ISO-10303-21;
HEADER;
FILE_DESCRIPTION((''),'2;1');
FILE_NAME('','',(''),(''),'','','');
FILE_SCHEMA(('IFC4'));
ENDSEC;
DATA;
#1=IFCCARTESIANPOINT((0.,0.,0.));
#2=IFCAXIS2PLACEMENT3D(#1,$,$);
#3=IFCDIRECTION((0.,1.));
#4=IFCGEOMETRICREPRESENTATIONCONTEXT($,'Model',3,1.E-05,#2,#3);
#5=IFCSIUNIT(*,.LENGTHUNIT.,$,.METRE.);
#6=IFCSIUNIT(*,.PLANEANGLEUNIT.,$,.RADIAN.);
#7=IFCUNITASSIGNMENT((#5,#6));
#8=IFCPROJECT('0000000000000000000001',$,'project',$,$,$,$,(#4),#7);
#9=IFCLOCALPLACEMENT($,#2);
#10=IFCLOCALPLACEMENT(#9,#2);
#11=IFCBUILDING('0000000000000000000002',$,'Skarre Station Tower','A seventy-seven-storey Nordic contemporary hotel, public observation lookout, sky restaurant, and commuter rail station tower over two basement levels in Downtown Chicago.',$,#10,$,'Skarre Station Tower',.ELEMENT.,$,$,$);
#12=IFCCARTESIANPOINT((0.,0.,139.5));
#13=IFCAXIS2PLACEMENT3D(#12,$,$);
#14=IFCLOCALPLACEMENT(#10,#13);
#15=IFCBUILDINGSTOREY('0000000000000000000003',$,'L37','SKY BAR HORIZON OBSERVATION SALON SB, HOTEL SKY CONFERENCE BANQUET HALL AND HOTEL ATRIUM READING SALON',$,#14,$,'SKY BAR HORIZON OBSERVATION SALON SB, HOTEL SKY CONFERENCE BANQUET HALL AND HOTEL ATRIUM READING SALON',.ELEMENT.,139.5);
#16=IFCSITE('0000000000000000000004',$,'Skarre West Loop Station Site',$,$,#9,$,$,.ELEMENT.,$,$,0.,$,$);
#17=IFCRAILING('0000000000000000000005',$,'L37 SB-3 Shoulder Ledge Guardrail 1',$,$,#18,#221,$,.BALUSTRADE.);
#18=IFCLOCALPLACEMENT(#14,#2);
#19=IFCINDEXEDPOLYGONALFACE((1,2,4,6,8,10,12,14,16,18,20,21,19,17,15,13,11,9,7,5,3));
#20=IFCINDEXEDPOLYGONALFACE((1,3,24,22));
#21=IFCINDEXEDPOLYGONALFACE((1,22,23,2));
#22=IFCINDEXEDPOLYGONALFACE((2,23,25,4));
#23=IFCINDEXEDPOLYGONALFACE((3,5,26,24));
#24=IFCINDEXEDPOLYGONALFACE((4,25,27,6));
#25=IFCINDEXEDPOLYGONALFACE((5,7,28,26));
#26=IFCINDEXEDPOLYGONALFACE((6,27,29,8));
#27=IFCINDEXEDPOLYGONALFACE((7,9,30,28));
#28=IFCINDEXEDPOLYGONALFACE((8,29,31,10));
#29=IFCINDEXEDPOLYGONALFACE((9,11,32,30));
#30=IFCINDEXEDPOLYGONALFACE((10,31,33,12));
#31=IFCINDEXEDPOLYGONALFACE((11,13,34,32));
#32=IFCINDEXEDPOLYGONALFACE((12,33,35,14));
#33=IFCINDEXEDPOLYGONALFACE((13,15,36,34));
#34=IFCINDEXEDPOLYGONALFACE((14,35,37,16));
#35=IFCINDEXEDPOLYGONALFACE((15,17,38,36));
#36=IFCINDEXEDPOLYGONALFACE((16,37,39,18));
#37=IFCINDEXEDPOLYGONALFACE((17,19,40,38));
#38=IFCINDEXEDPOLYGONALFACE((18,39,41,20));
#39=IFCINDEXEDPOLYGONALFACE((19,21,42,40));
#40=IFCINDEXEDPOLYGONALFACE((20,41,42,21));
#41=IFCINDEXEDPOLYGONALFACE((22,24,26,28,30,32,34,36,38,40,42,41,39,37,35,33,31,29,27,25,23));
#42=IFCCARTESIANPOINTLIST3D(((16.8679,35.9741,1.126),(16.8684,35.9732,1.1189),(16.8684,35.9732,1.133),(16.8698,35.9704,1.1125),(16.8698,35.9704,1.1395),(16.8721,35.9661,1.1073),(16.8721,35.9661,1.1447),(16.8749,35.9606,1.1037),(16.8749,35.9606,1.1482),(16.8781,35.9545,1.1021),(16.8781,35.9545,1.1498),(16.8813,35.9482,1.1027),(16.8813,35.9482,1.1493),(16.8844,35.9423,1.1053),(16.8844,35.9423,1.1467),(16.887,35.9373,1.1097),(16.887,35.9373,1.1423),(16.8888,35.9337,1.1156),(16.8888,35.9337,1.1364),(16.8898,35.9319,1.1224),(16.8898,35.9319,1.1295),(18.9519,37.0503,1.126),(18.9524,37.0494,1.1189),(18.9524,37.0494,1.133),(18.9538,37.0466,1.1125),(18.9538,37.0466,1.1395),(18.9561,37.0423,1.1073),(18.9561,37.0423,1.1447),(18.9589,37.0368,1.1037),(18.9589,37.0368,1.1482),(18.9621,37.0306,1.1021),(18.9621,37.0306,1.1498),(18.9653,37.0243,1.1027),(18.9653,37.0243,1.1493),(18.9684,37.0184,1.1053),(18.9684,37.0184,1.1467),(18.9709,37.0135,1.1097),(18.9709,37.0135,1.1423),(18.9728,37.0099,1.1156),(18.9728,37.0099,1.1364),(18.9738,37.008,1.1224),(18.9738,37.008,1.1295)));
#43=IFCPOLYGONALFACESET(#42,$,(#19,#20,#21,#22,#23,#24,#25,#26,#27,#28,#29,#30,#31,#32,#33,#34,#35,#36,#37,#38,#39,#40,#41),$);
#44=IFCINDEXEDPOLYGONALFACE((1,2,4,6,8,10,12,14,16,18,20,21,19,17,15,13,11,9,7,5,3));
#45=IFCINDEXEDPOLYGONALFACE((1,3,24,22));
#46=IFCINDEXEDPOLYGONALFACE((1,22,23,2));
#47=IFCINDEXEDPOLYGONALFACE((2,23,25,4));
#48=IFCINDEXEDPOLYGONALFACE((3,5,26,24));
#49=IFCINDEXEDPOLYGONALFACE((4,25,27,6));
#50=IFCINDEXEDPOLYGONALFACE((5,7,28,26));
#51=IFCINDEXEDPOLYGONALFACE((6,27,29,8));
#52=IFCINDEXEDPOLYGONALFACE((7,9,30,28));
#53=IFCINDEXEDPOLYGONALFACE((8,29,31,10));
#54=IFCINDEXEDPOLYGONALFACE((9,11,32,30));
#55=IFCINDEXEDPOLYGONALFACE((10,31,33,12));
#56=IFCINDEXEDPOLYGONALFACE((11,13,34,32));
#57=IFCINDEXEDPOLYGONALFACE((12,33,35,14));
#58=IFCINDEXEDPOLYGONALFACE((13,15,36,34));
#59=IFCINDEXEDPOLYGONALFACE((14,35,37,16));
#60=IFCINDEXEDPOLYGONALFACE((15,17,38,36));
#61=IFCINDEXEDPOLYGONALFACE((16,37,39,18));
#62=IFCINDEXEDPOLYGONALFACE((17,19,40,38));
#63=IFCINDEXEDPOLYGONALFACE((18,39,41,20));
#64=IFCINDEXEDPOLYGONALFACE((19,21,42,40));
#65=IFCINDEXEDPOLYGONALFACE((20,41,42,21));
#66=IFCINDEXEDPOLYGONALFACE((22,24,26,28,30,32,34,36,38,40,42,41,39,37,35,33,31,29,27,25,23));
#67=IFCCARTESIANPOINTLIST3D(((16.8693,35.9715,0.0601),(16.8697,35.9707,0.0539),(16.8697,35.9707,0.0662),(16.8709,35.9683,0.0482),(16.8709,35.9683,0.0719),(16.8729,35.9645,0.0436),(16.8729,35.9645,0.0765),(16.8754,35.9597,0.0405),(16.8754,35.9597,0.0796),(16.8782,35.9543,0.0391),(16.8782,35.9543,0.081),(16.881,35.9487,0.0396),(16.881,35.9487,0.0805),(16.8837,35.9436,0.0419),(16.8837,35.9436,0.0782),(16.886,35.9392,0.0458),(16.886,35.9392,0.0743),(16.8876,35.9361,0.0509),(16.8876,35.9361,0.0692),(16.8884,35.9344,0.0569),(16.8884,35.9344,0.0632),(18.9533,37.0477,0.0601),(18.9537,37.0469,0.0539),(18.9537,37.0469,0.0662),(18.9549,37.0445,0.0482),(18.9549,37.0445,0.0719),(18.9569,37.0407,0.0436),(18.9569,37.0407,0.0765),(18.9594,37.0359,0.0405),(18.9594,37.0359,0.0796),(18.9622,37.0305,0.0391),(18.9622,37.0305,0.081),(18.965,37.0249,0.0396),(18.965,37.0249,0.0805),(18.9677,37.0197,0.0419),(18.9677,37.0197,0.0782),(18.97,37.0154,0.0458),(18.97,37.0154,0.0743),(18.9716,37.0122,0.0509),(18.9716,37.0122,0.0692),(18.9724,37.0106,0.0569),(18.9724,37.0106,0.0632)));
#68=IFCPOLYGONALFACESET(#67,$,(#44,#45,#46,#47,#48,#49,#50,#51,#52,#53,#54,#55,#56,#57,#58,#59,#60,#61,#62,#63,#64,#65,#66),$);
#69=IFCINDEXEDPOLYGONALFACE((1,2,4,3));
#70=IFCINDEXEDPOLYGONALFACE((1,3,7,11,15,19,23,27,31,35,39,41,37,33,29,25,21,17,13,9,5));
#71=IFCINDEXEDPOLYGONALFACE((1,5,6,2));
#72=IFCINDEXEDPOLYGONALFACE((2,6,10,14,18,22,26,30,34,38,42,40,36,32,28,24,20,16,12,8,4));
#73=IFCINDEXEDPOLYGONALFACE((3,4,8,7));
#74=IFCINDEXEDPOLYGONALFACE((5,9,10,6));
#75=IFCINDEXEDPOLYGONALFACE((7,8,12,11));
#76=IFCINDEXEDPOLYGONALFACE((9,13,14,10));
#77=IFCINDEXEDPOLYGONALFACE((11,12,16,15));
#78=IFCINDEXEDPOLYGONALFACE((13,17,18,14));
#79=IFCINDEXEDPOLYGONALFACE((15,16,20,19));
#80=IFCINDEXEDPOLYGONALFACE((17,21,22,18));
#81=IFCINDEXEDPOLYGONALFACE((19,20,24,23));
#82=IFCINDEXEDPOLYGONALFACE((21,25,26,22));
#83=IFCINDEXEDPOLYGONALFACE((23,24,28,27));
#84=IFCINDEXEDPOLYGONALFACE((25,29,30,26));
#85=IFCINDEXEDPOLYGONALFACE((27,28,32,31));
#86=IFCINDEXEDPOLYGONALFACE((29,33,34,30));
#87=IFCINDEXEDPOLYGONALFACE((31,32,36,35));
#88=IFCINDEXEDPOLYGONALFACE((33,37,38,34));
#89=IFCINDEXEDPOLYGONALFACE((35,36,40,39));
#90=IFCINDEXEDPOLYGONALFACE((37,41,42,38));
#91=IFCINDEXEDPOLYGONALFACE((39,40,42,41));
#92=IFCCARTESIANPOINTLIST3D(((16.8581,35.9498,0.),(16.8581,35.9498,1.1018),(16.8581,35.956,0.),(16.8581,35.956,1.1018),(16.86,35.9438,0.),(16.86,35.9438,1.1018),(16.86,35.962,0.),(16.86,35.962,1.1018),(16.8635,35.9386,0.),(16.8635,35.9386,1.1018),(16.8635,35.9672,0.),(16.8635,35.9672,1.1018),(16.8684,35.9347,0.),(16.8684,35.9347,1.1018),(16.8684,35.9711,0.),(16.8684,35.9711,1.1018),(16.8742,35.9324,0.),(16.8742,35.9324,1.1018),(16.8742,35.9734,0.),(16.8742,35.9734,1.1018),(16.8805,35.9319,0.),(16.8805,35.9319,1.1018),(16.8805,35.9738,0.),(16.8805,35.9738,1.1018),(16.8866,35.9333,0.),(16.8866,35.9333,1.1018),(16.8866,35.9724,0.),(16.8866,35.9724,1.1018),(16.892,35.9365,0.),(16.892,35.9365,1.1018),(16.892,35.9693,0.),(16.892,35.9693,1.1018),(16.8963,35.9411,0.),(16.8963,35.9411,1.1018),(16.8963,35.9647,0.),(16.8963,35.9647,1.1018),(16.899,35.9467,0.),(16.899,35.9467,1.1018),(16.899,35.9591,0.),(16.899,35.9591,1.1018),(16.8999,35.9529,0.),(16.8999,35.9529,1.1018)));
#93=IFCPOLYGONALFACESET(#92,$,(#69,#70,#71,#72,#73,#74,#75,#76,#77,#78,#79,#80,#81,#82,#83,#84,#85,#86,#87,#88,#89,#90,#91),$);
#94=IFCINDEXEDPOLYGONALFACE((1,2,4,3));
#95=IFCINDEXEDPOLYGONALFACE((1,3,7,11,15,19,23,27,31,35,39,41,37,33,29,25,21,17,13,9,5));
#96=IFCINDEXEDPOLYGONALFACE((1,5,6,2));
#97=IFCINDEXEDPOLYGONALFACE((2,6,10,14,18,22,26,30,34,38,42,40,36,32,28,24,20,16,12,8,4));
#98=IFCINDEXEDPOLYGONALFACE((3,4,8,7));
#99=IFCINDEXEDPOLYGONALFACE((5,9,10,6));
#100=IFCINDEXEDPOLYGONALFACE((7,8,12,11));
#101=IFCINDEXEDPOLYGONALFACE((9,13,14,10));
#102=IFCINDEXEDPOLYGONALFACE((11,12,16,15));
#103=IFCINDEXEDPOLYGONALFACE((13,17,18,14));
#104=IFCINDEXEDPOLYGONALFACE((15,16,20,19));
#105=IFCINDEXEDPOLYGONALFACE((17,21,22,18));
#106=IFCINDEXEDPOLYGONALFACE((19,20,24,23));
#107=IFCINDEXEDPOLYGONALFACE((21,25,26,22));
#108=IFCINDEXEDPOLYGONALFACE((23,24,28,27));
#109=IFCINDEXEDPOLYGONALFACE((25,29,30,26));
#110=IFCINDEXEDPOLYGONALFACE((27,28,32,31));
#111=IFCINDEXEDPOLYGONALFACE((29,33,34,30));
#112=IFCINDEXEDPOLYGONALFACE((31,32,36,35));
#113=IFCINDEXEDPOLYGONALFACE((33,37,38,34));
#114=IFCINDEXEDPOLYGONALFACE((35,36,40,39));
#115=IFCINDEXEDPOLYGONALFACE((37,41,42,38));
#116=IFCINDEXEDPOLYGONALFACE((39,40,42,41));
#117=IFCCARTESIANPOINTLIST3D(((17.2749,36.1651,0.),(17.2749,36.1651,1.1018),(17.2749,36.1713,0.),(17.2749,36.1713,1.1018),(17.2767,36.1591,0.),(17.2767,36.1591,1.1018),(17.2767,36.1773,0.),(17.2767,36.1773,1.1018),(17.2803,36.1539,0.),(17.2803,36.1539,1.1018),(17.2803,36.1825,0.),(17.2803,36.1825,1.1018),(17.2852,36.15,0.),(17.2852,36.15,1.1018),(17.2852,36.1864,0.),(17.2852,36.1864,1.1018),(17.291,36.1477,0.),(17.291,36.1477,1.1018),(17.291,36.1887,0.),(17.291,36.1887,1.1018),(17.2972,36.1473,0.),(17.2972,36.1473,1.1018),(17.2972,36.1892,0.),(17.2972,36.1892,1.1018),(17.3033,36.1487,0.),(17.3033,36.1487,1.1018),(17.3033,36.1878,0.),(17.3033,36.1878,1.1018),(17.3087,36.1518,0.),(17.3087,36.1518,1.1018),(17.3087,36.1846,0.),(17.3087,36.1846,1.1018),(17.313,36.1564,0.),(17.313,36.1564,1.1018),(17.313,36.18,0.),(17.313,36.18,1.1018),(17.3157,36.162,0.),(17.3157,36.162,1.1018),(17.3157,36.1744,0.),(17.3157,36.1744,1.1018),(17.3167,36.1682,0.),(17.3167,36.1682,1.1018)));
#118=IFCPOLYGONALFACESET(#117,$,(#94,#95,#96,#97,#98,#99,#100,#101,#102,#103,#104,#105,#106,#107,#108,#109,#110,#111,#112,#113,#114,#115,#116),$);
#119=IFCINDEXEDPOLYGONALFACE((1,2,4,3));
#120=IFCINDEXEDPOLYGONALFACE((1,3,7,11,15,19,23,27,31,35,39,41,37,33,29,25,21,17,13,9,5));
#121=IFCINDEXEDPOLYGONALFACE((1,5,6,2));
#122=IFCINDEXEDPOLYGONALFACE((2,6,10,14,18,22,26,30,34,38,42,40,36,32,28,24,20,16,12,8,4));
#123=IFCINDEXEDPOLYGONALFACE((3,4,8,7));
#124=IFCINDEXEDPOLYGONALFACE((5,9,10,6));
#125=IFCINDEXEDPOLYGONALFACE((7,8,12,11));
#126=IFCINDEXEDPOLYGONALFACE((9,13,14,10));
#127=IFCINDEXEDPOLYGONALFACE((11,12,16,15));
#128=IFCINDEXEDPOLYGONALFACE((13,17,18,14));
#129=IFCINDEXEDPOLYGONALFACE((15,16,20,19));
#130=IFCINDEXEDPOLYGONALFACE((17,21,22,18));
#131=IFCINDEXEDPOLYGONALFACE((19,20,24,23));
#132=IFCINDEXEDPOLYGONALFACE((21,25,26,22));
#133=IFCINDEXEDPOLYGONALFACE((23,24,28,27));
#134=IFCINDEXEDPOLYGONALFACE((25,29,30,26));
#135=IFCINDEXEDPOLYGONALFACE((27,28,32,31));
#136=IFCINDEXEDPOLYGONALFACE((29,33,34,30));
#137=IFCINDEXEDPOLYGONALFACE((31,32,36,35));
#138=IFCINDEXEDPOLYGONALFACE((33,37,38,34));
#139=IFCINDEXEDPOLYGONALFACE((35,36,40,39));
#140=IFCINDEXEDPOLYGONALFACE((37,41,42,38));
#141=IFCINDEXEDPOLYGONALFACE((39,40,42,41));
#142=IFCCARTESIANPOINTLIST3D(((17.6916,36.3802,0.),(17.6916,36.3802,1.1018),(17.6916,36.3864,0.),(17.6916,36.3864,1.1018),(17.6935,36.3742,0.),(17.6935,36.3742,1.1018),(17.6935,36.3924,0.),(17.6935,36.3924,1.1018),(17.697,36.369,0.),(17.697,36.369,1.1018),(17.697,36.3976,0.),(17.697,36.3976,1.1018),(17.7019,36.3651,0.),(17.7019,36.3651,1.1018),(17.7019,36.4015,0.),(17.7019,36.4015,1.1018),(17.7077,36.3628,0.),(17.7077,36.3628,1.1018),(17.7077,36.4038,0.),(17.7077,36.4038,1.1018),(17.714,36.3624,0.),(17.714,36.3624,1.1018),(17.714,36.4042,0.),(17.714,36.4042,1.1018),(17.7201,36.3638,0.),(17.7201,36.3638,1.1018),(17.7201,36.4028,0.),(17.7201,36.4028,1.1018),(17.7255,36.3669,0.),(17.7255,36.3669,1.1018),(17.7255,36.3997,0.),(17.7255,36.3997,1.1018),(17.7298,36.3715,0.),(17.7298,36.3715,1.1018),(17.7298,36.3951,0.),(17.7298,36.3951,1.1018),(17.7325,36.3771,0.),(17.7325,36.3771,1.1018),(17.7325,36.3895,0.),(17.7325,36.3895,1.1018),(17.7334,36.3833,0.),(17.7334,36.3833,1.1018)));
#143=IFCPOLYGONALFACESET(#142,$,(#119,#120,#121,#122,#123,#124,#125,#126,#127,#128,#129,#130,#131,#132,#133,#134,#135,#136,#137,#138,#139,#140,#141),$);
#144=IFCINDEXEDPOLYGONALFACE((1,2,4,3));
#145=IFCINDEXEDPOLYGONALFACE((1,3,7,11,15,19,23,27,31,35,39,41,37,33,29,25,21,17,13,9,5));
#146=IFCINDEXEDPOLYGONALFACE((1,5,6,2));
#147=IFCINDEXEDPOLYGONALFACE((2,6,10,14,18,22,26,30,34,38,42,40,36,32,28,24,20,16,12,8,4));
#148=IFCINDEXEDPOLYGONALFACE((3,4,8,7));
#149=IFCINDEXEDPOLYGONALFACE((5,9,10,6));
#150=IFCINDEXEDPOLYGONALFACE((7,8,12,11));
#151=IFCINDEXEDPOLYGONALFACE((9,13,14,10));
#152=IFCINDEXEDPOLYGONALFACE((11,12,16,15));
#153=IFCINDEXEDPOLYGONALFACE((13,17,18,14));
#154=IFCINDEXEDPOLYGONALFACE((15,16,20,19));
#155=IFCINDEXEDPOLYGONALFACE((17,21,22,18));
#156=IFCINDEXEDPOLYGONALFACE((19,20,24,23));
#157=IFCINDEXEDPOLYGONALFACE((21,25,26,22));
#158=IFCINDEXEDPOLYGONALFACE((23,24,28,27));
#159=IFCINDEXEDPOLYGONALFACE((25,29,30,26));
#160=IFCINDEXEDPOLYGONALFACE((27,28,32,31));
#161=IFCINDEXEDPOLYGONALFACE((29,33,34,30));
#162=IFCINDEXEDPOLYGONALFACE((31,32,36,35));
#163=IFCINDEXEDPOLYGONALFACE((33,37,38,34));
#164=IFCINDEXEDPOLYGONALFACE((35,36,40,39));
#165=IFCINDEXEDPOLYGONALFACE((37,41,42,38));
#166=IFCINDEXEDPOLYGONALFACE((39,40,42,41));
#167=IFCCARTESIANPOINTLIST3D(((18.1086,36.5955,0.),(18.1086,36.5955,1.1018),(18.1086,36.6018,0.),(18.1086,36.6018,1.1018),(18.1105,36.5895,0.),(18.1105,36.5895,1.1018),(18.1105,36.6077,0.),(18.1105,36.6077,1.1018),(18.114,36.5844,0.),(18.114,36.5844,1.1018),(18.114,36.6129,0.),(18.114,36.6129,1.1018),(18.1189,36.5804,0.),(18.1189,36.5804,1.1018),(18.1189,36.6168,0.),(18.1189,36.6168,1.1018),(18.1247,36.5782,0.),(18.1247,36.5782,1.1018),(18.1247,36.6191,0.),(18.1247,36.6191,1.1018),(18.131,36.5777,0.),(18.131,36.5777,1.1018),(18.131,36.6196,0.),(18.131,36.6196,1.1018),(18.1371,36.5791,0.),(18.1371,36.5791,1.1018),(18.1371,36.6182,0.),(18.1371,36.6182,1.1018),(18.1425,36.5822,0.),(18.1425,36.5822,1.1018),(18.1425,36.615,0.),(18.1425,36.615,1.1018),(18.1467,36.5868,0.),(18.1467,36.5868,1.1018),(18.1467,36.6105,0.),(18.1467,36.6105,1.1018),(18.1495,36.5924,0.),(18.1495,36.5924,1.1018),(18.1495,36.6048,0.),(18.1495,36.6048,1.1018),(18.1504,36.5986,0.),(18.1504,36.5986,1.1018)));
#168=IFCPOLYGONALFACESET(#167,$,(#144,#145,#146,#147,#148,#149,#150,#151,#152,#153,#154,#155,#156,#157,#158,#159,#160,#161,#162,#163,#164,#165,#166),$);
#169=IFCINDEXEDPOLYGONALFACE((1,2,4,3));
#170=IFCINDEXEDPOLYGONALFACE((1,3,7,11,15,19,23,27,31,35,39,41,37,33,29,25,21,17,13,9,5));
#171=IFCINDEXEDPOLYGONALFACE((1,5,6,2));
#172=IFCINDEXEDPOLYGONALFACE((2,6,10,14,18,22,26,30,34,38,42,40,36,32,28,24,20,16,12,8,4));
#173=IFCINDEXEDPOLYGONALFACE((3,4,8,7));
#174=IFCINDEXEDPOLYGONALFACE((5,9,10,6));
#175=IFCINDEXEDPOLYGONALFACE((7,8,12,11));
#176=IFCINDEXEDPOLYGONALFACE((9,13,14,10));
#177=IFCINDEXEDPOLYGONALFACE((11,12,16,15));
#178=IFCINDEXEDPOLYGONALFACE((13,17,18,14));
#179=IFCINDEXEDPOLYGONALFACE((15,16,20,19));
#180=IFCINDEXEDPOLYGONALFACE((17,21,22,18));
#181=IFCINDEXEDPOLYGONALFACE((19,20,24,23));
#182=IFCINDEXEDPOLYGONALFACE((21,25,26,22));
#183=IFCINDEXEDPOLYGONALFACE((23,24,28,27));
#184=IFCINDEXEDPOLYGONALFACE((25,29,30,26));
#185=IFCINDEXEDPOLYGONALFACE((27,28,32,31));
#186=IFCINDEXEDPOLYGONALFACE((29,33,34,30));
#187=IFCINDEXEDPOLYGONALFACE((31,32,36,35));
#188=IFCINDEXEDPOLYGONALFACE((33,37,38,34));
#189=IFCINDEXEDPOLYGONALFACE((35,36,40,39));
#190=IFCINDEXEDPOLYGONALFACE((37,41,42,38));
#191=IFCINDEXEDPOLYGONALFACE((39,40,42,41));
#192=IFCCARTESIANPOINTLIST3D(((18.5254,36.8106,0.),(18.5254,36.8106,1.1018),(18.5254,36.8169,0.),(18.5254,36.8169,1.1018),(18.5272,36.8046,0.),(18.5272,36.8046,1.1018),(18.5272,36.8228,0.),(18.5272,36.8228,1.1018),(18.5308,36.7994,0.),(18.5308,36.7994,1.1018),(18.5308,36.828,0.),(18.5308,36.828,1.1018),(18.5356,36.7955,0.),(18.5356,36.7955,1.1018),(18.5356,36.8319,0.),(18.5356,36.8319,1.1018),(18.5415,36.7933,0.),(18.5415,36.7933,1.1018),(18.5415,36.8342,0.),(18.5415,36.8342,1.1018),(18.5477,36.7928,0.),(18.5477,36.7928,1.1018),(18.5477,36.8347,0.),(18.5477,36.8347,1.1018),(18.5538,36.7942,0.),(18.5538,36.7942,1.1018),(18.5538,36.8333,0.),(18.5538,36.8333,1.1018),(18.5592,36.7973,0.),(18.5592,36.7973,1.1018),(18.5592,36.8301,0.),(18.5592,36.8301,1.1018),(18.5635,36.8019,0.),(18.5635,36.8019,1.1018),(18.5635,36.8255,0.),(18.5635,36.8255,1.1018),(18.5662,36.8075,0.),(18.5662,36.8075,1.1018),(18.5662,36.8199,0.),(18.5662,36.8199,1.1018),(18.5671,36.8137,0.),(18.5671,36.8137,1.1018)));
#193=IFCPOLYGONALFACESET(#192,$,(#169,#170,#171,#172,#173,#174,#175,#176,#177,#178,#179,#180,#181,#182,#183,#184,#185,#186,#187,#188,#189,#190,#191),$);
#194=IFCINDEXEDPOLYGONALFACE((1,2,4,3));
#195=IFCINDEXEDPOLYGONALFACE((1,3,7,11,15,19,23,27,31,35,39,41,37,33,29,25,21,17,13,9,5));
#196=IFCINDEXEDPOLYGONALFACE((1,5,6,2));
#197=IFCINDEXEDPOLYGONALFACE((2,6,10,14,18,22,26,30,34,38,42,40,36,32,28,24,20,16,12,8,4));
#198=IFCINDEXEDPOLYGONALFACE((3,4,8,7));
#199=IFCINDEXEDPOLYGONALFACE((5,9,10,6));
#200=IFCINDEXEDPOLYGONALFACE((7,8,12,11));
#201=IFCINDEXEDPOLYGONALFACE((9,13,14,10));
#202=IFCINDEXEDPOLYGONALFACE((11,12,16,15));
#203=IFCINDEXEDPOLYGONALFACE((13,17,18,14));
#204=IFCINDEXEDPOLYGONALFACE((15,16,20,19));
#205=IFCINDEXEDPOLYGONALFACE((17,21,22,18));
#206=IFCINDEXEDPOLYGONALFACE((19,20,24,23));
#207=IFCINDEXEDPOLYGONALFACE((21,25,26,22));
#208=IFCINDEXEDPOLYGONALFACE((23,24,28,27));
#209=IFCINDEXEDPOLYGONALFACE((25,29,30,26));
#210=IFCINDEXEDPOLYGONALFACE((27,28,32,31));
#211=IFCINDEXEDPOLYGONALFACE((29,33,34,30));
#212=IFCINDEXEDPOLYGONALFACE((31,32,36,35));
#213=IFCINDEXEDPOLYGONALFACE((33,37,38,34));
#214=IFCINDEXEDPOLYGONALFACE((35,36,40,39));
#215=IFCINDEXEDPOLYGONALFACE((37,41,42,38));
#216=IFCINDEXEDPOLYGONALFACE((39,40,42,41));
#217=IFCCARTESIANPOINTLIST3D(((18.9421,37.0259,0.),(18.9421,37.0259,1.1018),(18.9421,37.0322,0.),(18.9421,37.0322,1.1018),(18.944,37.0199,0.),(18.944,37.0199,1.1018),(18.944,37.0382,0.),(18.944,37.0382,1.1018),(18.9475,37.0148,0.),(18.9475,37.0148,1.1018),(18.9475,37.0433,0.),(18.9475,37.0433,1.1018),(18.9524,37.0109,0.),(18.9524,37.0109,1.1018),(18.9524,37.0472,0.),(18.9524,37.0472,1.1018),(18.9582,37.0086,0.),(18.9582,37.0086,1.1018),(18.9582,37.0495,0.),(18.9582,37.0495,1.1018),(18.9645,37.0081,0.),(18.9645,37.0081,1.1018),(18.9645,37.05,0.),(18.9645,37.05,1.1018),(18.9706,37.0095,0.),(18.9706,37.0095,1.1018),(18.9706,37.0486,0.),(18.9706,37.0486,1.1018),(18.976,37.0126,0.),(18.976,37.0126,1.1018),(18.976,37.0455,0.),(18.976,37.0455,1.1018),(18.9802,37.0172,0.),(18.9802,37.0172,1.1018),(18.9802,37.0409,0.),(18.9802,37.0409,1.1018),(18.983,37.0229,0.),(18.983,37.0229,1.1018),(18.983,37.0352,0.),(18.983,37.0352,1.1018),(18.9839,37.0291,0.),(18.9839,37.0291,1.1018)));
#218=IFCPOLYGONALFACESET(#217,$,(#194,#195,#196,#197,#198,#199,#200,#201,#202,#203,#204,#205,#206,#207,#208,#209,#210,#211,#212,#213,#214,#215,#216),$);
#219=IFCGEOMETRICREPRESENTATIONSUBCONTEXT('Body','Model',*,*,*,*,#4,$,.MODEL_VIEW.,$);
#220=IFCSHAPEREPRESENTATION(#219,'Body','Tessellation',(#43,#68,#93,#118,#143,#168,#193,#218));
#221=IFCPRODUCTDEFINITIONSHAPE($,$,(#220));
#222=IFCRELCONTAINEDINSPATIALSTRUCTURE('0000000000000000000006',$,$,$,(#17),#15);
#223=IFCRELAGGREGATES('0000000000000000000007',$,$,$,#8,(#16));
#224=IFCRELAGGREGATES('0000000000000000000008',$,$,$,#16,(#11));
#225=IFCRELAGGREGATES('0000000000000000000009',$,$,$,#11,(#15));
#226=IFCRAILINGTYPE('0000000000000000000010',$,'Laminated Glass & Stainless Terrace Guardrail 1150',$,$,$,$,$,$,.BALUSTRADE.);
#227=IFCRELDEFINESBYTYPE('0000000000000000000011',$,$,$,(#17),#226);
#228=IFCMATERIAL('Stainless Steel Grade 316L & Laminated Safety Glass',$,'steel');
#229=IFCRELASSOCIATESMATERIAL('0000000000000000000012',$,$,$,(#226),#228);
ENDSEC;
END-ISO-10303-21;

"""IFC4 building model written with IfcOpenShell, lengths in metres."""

from ifc_helpers import new_model, si_unit, direction, frame, origin, origin_2d, place, context, subcontext, project, spatial, circle, extrude, material, type_object, element, save


model = new_model("IFC4")

# Units and contexts
model_context = context("Model", 3, precision=1e-05, world=origin(), true_north=direction((0.0, 1.0)))
body_context = subcontext(model_context, "Body", "Model", "MODEL_VIEW")
ifc_project = project(units=[si_unit("LENGTHUNIT", "METRE"), si_unit("PLANEANGLEUNIT", "RADIAN")], contexts=[model_context])

# Site, building, storey
site_placement = place(None, origin())
site = spatial("IfcSite", under=ifc_project, at=site_placement, Name="Skarre West Loop Station Site", CompositionType="ELEMENT", RefElevation=0.0)
building_placement = place(site_placement, origin())
building = spatial("IfcBuilding", under=site, at=building_placement, Name="Skarre Station Tower", Description="A seventy-seven-storey Nordic contemporary hotel, public observation lookout, sky restaurant, and commuter rail station tower over two basement levels in Downtown Chicago.", LongName="Skarre Station Tower", CompositionType="ELEMENT")
storey_placement = place(building_placement, frame((0.0, 0.0, 139.5)))
storey = spatial("IfcBuildingStorey", under=building, at=storey_placement, Name="L37", Description="SKY BAR HORIZON OBSERVATION SALON SB, HOTEL SKY CONFERENCE BANQUET HALL AND HOTEL ATRIUM READING SALON", LongName="SKY BAR HORIZON OBSERVATION SALON SB, HOTEL SKY CONFERENCE BANQUET HALL AND HOTEL ATRIUM READING SALON", CompositionType="ELEMENT", Elevation=139.5)

# Railing
ifc_material_1 = material(Name="Stainless Steel Grade 316L & Laminated Safety Glass", Category="steel")
railing_type_1 = type_object("IfcRailingType", Name="Laminated Glass & Stainless Terrace Guardrail 1150", PredefinedType="BALUSTRADE", material=ifc_material_1)
railing_1_placement = place(storey_placement, frame((16.8789, 35.9529, 0.0)))
element("IfcRailing", 1, at=railing_1_placement, inside=storey, type_object=railing_type_1, Name="L37 SB-3 Shoulder Ledge Guardrail 1", PredefinedType="BALUSTRADE", context=body_context, shape_type="SweptSolid", body=[
    extrude(circle(Radius=0.0239, at=origin_2d()), frame((0.0, 0.0, 1.126), z_axis=(0.888522, 0.458834, 0.0), x_axis=(-0.458834, 0.888522, 0.0)), (0.0, 0.0, 1.0), 2.3455),
    extrude(circle(Radius=0.021, at=origin_2d()), frame((0.0, 0.0, 0.0601), z_axis=(0.888522, 0.458834, 0.0), x_axis=(-0.458834, 0.888522, 0.0)), (0.0, 0.0, 1.0), 2.3455),
    extrude(circle(Radius=0.021, at=origin_2d()), origin(), (0.0, 0.0, 1.0), 1.1018),
    extrude(circle(Radius=0.021, at=origin_2d()), frame((0.4167, 0.2153, 0.0)), (0.0, 0.0, 1.0), 1.1018),
    extrude(circle(Radius=0.021, at=origin_2d()), frame((0.8335, 0.4304, 0.0)), (0.0, 0.0, 1.0), 1.1018),
    extrude(circle(Radius=0.021, at=origin_2d()), frame((1.2505, 0.6458, 0.0)), (0.0, 0.0, 1.0), 1.1018),
    extrude(circle(Radius=0.021, at=origin_2d()), frame((1.6672, 0.8608, 0.0)), (0.0, 0.0, 1.0), 1.1018),
    extrude(circle(Radius=0.021, at=origin_2d()), frame((2.084, 1.0762, 0.0)), (0.0, 0.0, 1.0), 1.1018),
])

save(model, "model.ifc")
